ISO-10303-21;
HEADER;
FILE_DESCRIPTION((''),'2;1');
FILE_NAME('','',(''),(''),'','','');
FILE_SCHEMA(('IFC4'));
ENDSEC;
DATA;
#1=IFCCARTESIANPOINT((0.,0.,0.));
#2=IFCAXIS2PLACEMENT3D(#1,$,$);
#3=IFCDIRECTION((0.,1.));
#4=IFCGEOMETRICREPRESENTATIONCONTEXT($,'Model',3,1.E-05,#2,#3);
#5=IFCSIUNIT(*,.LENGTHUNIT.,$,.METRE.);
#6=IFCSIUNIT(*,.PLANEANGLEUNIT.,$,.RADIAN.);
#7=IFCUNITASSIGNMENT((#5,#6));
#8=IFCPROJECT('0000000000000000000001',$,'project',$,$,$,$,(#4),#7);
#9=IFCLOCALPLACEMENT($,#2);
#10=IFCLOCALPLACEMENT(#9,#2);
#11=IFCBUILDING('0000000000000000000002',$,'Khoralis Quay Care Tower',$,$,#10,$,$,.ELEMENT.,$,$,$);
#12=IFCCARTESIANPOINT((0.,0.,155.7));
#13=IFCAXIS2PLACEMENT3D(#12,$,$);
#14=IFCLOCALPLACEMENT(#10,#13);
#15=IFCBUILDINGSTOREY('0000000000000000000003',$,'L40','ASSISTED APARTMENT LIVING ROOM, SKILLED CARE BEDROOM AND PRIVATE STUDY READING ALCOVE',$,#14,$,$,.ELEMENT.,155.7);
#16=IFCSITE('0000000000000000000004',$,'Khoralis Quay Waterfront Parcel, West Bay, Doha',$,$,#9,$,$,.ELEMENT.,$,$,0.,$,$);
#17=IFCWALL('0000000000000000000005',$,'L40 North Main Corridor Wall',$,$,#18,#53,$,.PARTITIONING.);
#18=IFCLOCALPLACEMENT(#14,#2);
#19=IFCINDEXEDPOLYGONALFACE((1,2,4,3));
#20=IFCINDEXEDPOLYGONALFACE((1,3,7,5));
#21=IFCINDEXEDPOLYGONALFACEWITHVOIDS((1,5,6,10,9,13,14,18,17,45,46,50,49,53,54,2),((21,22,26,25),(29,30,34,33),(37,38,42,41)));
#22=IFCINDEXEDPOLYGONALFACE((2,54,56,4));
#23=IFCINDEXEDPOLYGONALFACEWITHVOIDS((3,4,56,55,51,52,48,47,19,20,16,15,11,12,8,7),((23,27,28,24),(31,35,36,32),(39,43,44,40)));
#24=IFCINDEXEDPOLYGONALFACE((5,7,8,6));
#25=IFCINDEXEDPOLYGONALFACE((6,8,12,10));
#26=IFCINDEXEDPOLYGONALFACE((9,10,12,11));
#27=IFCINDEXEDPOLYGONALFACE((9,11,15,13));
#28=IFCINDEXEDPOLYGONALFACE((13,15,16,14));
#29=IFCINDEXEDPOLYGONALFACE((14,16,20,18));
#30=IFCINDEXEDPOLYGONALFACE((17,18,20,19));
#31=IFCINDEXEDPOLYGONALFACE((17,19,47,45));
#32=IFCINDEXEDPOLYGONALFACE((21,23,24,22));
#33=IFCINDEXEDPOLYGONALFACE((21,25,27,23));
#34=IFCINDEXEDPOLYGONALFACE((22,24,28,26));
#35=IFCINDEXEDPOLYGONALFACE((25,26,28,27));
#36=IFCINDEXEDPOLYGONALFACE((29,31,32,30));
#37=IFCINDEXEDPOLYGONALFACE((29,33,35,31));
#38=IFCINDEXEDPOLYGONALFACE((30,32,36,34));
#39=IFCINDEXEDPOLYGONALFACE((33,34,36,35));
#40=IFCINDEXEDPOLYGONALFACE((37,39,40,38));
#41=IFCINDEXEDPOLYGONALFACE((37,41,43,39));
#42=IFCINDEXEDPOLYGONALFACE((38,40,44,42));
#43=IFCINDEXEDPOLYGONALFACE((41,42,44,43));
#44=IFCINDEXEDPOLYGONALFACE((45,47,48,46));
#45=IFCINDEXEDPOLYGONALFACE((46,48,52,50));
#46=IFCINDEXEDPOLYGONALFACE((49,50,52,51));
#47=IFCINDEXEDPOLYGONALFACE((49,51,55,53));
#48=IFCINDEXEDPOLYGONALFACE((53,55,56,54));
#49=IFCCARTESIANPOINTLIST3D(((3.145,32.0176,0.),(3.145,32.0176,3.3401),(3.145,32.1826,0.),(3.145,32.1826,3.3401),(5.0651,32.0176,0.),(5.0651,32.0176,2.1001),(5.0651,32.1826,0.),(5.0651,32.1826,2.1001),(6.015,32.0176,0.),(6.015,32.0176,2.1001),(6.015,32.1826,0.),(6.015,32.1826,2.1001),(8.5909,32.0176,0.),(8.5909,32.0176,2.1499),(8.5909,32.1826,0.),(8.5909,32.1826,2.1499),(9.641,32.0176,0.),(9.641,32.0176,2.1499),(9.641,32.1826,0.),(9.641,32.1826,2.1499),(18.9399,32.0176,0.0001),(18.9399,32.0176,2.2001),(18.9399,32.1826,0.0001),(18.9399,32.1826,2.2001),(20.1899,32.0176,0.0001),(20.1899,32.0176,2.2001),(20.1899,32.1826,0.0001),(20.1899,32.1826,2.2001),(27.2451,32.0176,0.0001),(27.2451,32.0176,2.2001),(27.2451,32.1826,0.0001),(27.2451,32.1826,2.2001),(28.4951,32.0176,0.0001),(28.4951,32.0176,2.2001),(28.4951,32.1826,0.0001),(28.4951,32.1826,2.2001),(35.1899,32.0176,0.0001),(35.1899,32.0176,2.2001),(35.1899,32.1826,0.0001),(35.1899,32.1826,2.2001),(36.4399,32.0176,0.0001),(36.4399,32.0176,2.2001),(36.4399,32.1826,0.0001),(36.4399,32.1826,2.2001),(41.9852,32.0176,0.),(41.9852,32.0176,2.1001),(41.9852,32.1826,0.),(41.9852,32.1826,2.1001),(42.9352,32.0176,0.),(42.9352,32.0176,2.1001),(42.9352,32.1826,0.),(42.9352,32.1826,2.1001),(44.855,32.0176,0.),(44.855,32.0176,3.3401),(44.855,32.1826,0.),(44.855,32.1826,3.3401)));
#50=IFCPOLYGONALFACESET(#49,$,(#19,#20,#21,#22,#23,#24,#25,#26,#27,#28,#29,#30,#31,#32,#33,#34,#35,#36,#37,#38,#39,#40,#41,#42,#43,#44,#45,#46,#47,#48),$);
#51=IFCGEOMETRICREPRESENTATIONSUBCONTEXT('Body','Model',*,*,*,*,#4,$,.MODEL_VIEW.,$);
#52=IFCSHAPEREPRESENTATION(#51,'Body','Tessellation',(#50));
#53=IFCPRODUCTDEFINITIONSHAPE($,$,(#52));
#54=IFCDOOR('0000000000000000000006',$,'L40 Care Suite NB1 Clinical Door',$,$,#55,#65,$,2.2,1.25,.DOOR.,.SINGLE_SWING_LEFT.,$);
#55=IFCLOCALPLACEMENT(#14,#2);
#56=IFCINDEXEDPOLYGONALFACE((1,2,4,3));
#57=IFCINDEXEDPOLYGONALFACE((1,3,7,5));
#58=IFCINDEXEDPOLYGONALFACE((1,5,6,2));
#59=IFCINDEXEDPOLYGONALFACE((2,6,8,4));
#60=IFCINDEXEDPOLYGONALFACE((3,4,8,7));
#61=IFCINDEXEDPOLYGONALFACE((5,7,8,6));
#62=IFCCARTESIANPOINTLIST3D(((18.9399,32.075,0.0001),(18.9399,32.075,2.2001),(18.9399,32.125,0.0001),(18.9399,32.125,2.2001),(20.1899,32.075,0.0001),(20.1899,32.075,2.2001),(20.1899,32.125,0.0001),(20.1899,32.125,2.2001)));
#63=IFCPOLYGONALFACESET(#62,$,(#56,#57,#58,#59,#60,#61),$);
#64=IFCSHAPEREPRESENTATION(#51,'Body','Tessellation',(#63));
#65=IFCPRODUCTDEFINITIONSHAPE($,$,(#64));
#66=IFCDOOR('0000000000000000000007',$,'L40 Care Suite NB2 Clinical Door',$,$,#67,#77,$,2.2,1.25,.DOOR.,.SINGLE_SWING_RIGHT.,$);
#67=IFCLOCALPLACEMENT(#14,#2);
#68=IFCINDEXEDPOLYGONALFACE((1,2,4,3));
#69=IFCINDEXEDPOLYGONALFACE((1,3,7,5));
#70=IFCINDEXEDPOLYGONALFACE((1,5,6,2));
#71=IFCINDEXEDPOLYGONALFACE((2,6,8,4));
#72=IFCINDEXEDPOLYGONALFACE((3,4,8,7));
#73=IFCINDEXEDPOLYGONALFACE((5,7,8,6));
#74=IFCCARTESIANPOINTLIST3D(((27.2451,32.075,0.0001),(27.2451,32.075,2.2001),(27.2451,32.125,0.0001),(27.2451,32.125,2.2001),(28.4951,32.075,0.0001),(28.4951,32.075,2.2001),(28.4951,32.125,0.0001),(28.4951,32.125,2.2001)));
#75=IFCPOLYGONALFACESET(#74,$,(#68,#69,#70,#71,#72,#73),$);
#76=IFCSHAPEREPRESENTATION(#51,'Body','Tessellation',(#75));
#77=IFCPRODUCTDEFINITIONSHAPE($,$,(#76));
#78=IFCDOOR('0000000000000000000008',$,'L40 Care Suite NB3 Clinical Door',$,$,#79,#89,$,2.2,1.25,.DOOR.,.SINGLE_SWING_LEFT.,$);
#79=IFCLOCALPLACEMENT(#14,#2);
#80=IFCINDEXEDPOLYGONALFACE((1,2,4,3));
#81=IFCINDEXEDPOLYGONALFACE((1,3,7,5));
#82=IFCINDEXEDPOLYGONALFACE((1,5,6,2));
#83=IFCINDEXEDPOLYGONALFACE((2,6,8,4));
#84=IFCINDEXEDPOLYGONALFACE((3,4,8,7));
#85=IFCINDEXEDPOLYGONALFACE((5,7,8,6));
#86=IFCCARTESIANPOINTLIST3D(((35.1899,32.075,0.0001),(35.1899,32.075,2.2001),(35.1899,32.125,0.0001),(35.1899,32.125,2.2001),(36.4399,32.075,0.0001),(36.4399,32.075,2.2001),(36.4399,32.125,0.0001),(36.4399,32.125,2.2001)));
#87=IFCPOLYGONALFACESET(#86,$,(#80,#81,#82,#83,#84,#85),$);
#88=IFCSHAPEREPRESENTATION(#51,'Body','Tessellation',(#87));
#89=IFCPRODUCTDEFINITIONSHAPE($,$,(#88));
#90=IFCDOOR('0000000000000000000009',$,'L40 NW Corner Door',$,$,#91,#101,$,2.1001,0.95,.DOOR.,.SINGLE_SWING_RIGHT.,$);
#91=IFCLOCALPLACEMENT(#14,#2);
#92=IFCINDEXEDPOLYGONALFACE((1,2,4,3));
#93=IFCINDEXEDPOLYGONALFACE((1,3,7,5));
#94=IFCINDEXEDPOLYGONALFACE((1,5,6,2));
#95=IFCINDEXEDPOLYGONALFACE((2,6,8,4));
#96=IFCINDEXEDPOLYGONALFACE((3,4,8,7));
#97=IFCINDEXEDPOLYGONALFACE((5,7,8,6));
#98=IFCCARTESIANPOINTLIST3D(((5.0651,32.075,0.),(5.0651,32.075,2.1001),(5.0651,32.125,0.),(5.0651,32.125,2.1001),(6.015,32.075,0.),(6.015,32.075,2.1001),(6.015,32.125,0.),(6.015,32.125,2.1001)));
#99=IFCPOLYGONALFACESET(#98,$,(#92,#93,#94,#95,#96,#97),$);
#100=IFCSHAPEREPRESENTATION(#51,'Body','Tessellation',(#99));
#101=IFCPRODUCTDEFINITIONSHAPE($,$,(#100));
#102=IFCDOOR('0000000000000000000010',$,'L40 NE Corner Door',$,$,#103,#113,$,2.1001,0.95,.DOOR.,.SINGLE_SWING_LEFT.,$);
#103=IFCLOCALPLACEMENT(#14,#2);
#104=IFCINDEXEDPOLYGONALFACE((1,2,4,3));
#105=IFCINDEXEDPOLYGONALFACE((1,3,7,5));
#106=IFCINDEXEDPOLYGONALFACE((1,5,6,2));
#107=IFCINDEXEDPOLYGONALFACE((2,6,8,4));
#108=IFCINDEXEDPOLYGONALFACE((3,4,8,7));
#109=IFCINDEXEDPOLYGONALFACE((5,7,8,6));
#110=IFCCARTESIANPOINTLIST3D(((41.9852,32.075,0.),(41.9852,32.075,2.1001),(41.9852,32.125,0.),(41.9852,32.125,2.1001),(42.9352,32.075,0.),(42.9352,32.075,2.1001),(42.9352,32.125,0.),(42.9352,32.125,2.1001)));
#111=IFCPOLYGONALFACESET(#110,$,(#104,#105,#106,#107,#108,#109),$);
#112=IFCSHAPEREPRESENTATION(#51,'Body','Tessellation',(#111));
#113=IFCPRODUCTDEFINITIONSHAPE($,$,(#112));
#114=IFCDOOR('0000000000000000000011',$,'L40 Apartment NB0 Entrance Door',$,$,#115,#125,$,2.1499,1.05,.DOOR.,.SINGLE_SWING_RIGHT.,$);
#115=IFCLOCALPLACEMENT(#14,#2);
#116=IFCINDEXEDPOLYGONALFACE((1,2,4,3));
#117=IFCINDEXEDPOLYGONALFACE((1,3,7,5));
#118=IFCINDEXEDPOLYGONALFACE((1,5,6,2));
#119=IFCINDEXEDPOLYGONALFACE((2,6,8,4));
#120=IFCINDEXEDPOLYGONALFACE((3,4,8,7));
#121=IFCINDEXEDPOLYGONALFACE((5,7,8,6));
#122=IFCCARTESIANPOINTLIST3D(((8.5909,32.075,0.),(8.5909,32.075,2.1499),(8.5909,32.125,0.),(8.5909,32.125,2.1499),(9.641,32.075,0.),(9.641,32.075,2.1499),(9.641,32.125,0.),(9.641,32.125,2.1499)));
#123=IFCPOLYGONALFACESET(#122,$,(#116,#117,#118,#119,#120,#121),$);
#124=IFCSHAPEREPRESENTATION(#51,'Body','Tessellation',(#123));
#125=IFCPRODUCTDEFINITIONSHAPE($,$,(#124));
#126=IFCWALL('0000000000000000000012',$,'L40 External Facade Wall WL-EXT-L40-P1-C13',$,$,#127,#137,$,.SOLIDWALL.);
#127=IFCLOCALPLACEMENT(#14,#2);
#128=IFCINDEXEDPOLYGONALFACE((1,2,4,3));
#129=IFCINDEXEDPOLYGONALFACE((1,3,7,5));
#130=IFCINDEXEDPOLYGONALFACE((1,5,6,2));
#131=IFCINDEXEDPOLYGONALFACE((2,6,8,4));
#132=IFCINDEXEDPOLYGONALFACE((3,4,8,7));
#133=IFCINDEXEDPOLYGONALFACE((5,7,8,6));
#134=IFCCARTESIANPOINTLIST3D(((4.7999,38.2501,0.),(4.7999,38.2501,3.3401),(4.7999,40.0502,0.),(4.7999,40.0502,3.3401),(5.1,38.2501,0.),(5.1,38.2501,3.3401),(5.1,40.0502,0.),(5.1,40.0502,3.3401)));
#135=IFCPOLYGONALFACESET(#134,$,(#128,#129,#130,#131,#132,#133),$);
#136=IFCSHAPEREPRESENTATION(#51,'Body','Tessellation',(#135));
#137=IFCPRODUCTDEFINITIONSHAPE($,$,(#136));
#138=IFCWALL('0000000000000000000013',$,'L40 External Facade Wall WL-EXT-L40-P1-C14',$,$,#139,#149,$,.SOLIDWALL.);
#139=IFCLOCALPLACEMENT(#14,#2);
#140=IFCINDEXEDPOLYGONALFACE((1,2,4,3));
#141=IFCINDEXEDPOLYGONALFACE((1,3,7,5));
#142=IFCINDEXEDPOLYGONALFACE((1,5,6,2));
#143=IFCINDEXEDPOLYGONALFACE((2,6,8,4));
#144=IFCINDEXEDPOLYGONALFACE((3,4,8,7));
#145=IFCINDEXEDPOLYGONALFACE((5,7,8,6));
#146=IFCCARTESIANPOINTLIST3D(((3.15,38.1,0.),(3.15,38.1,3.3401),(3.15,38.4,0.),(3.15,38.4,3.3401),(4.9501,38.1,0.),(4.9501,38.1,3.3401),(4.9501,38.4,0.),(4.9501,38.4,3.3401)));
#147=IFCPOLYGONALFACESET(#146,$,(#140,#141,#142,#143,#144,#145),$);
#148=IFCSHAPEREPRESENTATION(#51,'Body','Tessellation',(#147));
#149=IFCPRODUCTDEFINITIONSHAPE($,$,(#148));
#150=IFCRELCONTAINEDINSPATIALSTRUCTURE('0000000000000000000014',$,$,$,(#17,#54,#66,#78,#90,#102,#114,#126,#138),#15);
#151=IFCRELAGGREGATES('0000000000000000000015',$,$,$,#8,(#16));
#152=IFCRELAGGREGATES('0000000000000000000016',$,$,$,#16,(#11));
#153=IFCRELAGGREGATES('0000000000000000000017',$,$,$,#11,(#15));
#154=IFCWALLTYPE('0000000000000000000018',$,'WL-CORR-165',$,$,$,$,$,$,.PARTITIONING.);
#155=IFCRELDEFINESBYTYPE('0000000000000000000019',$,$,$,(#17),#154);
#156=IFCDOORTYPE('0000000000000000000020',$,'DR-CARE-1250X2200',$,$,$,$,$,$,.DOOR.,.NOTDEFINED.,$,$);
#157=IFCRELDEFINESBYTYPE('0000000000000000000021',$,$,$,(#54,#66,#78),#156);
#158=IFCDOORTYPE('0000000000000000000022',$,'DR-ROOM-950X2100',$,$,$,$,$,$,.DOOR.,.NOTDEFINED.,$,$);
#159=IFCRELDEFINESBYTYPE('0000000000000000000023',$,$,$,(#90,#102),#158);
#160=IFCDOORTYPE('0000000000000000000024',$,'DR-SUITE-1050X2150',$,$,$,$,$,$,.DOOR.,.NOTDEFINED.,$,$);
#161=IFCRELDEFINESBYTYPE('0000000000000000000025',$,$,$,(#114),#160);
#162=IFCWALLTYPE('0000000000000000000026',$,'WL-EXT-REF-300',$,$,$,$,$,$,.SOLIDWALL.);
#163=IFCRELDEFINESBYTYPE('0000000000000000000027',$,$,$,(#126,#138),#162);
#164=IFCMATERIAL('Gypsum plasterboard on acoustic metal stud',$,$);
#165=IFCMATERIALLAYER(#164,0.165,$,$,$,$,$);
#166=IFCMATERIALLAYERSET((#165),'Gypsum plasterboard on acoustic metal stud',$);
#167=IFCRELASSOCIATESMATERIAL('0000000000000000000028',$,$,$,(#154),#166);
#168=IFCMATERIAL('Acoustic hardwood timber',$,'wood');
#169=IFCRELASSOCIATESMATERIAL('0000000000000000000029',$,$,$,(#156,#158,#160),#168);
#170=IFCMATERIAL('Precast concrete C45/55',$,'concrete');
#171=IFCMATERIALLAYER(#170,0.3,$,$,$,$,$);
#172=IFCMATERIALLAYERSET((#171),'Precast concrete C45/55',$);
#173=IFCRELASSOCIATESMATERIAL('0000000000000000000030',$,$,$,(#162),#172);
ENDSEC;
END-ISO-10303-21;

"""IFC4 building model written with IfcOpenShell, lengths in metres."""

from ifc_helpers import new_model, si_unit, direction, frame, frame_2d, origin, place, context, subcontext, project, spatial, rectangle, extrude, source, transform, mapped, material, layer, layer_set, type_object, element, fill, save


model = new_model("IFC4")

# Units and contexts
model_context = context("Model", 3, precision=1e-05, world=origin(), true_north=direction((0.0, 1.0)))
body_context = subcontext(model_context, "Body", "Model", "MODEL_VIEW")
ifc_project = project(units=[si_unit("LENGTHUNIT", "METRE"), si_unit("PLANEANGLEUNIT", "RADIAN")], contexts=[model_context])

# Site, building, storey
site_placement = place(None, origin())
site = spatial("IfcSite", under=ifc_project, at=site_placement, Name="Khoralis Quay Waterfront Parcel, West Bay, Doha", CompositionType="ELEMENT", RefElevation=0.0)
building_placement = place(site_placement, origin())
building = spatial("IfcBuilding", under=site, at=building_placement, Name="Khoralis Quay Care Tower", CompositionType="ELEMENT")
storey_placement = place(building_placement, frame((0.0, 0.0, 155.7)))
storey = spatial("IfcBuildingStorey", under=building, at=storey_placement, Name="L40", Description="ASSISTED APARTMENT LIVING ROOM, SKILLED CARE BEDROOM AND PRIVATE STUDY READING ALCOVE", CompositionType="ELEMENT", Elevation=155.7)

# Wall, openings, doors
ifc_material_1 = material(Name="Gypsum plasterboard on acoustic metal stud")
ifc_layer_1 = layer(ifc_material_1, 0.165)
ifc_layer_set_1 = layer_set([ifc_layer_1], Name="Gypsum plasterboard on acoustic metal stud")
wall_type_1 = type_object("IfcWallType", Name="WL-CORR-165", PredefinedType="PARTITIONING", material=ifc_layer_set_1)
wall_1_placement = place(storey_placement, frame((3.145, 32.1001, 0.0), z_axis=(0.0, 0.0, 1.0), x_axis=(1.0, 0.0, 0.0)))
wall_1 = element("IfcWall", 1, at=wall_1_placement, inside=storey, type_object=wall_type_1, Name="L40 North Main Corridor Wall", PredefinedType="PARTITIONING", context=body_context, shape_type="SweptSolid", body=[
    extrude(rectangle(XDim=41.71, YDim=0.165, at=frame_2d((20.855, 0.0))), origin(), (0.0, 0.0, 1.0), 3.3401),
])
opening_1_placement = place(wall_1_placement, frame((5.446, 0.0, 0.0)))
opening_1 = element("IfcOpeningElement", 2, at=opening_1_placement, cuts=wall_1, PredefinedType="OPENING", context=body_context, shape_type="SweptSolid", body=[
    extrude(rectangle(XDim=1.05, YDim=2.1499, at=frame_2d((0.5249, 1.075))), frame((0.0, 0.0925, 0.0), z_axis=(0.0, -1.0, 0.0), x_axis=(1.0, 0.0, 0.0)), (0.0, 0.0, 1.0), 0.1851),
])
opening_2_placement = place(wall_1_placement, frame((15.7949, 0.0, 0.0)))
opening_2 = element("IfcOpeningElement", 3, at=opening_2_placement, cuts=wall_1, PredefinedType="OPENING", context=body_context, shape_type="SweptSolid", body=[
    extrude(rectangle(XDim=1.25, YDim=2.2, at=frame_2d((0.625, 1.1001))), frame((0.0, 0.0925, 0.0), z_axis=(0.0, -1.0, 0.0), x_axis=(1.0, 0.0, 0.0)), (0.0, 0.0, 1.0), 0.1851),
])
opening_3_placement = place(wall_1_placement, frame((24.1001, 0.0, 0.0)))
opening_3 = element("IfcOpeningElement", 4, at=opening_3_placement, cuts=wall_1, PredefinedType="OPENING", context=body_context, shape_type="SweptSolid", body=[
    extrude(rectangle(XDim=1.25, YDim=2.2, at=frame_2d((0.625, 1.1001))), frame((0.0, 0.0925, 0.0), z_axis=(0.0, -1.0, 0.0), x_axis=(1.0, 0.0, 0.0)), (0.0, 0.0, 1.0), 0.1851),
])
opening_4_placement = place(wall_1_placement, frame((32.0449, 0.0, 0.0)))
opening_4 = element("IfcOpeningElement", 5, at=opening_4_placement, cuts=wall_1, PredefinedType="OPENING", context=body_context, shape_type="SweptSolid", body=[
    extrude(rectangle(XDim=1.25, YDim=2.2, at=frame_2d((0.625, 1.1001))), frame((0.0, 0.0925, 0.0), z_axis=(0.0, -1.0, 0.0), x_axis=(1.0, 0.0, 0.0)), (0.0, 0.0, 1.0), 0.1851),
])
opening_5_placement = place(wall_1_placement, frame((1.9199, 0.0, 0.0)))
opening_5 = element("IfcOpeningElement", 6, at=opening_5_placement, cuts=wall_1, PredefinedType="OPENING", context=body_context, shape_type="SweptSolid", body=[
    extrude(rectangle(XDim=0.95, YDim=2.1001, at=frame_2d((0.4751, 1.05))), frame((0.0, 0.0925, 0.0), z_axis=(0.0, -1.0, 0.0), x_axis=(1.0, 0.0, 0.0)), (0.0, 0.0, 1.0), 0.1851),
])
opening_6_placement = place(wall_1_placement, frame((38.8401, 0.0, 0.0)))
opening_6 = element("IfcOpeningElement", 7, at=opening_6_placement, cuts=wall_1, PredefinedType="OPENING", context=body_context, shape_type="SweptSolid", body=[
    extrude(rectangle(XDim=0.95, YDim=2.1001, at=frame_2d((0.4751, 1.05))), frame((0.0, 0.0925, 0.0), z_axis=(0.0, -1.0, 0.0), x_axis=(1.0, 0.0, 0.0)), (0.0, 0.0, 1.0), 0.1851),
])
ifc_material_2 = material(Name="Acoustic hardwood timber", Category="wood")
door_type_1 = type_object("IfcDoorType", Name="DR-CARE-1250X2200", OperationType="NOTDEFINED", PredefinedType="DOOR", material=ifc_material_2)
shared_shape_1 = source(origin(), body_context, "Body", "SweptSolid", [
    extrude(rectangle(XDim=1.25, YDim=2.2, at=frame_2d((0.625, 1.1001))), frame((0.0, 0.0249, 0.0), z_axis=(0.0, -1.0, 0.0), x_axis=(1.0, 0.0, 0.0)), (0.0, 0.0, 1.0), 0.05),
])
door_1_placement = place(opening_2_placement, origin())
door_1 = element("IfcDoor", 8, at=door_1_placement, inside=storey, type_object=door_type_1, Name="L40 Care Suite NB1 Clinical Door", OperationType="SINGLE_SWING_LEFT", OverallHeight=2.2, OverallWidth=1.25, PredefinedType="DOOR", context=body_context, shape_type="MappedRepresentation", body=[
    mapped(shared_shape_1, transform((0.0, 0.0, 0.0), scale=1.0)),
])
fill(opening_2, door_1)
door_2_placement = place(opening_3_placement, origin())
door_2 = element("IfcDoor", 9, at=door_2_placement, inside=storey, type_object=door_type_1, Name="L40 Care Suite NB2 Clinical Door", OperationType="SINGLE_SWING_RIGHT", OverallHeight=2.2, OverallWidth=1.25, PredefinedType="DOOR", context=body_context, shape_type="MappedRepresentation", body=[
    mapped(shared_shape_1, transform((0.0, 0.0, 0.0), scale=1.0)),
])
fill(opening_3, door_2)
door_3_placement = place(opening_4_placement, origin())
door_3 = element("IfcDoor", 10, at=door_3_placement, inside=storey, type_object=door_type_1, Name="L40 Care Suite NB3 Clinical Door", OperationType="SINGLE_SWING_LEFT", OverallHeight=2.2, OverallWidth=1.25, PredefinedType="DOOR", context=body_context, shape_type="MappedRepresentation", body=[
    mapped(shared_shape_1, transform((0.0, 0.0, 0.0), scale=1.0)),
])
fill(opening_4, door_3)
door_type_2 = type_object("IfcDoorType", Name="DR-ROOM-950X2100", OperationType="NOTDEFINED", PredefinedType="DOOR", material=ifc_material_2)
shared_shape_2 = source(origin(), body_context, "Body", "SweptSolid", [
    extrude(rectangle(XDim=0.95, YDim=2.1001, at=frame_2d((0.4751, 1.05))), frame((0.0, 0.0249, 0.0), z_axis=(0.0, -1.0, 0.0), x_axis=(1.0, 0.0, 0.0)), (0.0, 0.0, 1.0), 0.05),
])
door_4_placement = place(opening_5_placement, origin())
door_4 = element("IfcDoor", 11, at=door_4_placement, inside=storey, type_object=door_type_2, Name="L40 NW Corner Door", OperationType="SINGLE_SWING_RIGHT", OverallHeight=2.1001, OverallWidth=0.95, PredefinedType="DOOR", context=body_context, shape_type="MappedRepresentation", body=[
    mapped(shared_shape_2, transform((0.0, 0.0, 0.0), scale=1.0)),
])
fill(opening_5, door_4)
door_5_placement = place(opening_6_placement, origin())
door_5 = element("IfcDoor", 12, at=door_5_placement, inside=storey, type_object=door_type_2, Name="L40 NE Corner Door", OperationType="SINGLE_SWING_LEFT", OverallHeight=2.1001, OverallWidth=0.95, PredefinedType="DOOR", context=body_context, shape_type="MappedRepresentation", body=[
    mapped(shared_shape_2, transform((0.0, 0.0, 0.0), scale=1.0)),
])
fill(opening_6, door_5)
door_type_3 = type_object("IfcDoorType", Name="DR-SUITE-1050X2150", OperationType="NOTDEFINED", PredefinedType="DOOR", material=ifc_material_2)
shared_shape_3 = source(origin(), body_context, "Body", "SweptSolid", [
    extrude(rectangle(XDim=1.05, YDim=2.1499, at=frame_2d((0.5249, 1.075))), frame((0.0, 0.0249, 0.0), z_axis=(0.0, -1.0, 0.0), x_axis=(1.0, 0.0, 0.0)), (0.0, 0.0, 1.0), 0.05),
])
door_6_placement = place(opening_1_placement, origin())
door_6 = element("IfcDoor", 13, at=door_6_placement, inside=storey, type_object=door_type_3, Name="L40 Apartment NB0 Entrance Door", OperationType="SINGLE_SWING_RIGHT", OverallHeight=2.1499, OverallWidth=1.05, PredefinedType="DOOR", context=body_context, shape_type="MappedRepresentation", body=[
    mapped(shared_shape_3, transform((0.0, 0.0, 0.0), scale=1.0)),
])
fill(opening_1, door_6)

# Walls
ifc_material_3 = material(Name="Precast concrete C45/55", Category="concrete")
ifc_layer_2 = layer(ifc_material_3, 0.3)
ifc_layer_set_2 = layer_set([ifc_layer_2], Name="Precast concrete C45/55")
wall_type_2 = type_object("IfcWallType", Name="WL-EXT-REF-300", PredefinedType="SOLIDWALL", material=ifc_layer_set_2)
for number, where, z_axis, x_axis, name in (
    (14, (4.95, 40.05, 0.0), (0.0, 0.0, 1.0), (0.0, -1.0, 0.0), "L40 External Facade Wall WL-EXT-L40-P1-C13"),
    (15, (4.95, 38.25, 0.0), (0.0, 0.0, 1.0), (-1.0, 0.0, 0.0), "L40 External Facade Wall WL-EXT-L40-P1-C14"),
):
    element("IfcWall", number, at=place(storey_placement, frame(where, z_axis=z_axis, x_axis=x_axis)), inside=storey, type_object=wall_type_2, Name=name, PredefinedType="SOLIDWALL", context=body_context, shape_type="SweptSolid", body=[
        extrude(rectangle(XDim=1.8, YDim=0.3, at=frame_2d((0.8999, 0.0))), origin(), (0.0, 0.0, 1.0), 3.3401),
    ])

save(model, "model.ifc")
